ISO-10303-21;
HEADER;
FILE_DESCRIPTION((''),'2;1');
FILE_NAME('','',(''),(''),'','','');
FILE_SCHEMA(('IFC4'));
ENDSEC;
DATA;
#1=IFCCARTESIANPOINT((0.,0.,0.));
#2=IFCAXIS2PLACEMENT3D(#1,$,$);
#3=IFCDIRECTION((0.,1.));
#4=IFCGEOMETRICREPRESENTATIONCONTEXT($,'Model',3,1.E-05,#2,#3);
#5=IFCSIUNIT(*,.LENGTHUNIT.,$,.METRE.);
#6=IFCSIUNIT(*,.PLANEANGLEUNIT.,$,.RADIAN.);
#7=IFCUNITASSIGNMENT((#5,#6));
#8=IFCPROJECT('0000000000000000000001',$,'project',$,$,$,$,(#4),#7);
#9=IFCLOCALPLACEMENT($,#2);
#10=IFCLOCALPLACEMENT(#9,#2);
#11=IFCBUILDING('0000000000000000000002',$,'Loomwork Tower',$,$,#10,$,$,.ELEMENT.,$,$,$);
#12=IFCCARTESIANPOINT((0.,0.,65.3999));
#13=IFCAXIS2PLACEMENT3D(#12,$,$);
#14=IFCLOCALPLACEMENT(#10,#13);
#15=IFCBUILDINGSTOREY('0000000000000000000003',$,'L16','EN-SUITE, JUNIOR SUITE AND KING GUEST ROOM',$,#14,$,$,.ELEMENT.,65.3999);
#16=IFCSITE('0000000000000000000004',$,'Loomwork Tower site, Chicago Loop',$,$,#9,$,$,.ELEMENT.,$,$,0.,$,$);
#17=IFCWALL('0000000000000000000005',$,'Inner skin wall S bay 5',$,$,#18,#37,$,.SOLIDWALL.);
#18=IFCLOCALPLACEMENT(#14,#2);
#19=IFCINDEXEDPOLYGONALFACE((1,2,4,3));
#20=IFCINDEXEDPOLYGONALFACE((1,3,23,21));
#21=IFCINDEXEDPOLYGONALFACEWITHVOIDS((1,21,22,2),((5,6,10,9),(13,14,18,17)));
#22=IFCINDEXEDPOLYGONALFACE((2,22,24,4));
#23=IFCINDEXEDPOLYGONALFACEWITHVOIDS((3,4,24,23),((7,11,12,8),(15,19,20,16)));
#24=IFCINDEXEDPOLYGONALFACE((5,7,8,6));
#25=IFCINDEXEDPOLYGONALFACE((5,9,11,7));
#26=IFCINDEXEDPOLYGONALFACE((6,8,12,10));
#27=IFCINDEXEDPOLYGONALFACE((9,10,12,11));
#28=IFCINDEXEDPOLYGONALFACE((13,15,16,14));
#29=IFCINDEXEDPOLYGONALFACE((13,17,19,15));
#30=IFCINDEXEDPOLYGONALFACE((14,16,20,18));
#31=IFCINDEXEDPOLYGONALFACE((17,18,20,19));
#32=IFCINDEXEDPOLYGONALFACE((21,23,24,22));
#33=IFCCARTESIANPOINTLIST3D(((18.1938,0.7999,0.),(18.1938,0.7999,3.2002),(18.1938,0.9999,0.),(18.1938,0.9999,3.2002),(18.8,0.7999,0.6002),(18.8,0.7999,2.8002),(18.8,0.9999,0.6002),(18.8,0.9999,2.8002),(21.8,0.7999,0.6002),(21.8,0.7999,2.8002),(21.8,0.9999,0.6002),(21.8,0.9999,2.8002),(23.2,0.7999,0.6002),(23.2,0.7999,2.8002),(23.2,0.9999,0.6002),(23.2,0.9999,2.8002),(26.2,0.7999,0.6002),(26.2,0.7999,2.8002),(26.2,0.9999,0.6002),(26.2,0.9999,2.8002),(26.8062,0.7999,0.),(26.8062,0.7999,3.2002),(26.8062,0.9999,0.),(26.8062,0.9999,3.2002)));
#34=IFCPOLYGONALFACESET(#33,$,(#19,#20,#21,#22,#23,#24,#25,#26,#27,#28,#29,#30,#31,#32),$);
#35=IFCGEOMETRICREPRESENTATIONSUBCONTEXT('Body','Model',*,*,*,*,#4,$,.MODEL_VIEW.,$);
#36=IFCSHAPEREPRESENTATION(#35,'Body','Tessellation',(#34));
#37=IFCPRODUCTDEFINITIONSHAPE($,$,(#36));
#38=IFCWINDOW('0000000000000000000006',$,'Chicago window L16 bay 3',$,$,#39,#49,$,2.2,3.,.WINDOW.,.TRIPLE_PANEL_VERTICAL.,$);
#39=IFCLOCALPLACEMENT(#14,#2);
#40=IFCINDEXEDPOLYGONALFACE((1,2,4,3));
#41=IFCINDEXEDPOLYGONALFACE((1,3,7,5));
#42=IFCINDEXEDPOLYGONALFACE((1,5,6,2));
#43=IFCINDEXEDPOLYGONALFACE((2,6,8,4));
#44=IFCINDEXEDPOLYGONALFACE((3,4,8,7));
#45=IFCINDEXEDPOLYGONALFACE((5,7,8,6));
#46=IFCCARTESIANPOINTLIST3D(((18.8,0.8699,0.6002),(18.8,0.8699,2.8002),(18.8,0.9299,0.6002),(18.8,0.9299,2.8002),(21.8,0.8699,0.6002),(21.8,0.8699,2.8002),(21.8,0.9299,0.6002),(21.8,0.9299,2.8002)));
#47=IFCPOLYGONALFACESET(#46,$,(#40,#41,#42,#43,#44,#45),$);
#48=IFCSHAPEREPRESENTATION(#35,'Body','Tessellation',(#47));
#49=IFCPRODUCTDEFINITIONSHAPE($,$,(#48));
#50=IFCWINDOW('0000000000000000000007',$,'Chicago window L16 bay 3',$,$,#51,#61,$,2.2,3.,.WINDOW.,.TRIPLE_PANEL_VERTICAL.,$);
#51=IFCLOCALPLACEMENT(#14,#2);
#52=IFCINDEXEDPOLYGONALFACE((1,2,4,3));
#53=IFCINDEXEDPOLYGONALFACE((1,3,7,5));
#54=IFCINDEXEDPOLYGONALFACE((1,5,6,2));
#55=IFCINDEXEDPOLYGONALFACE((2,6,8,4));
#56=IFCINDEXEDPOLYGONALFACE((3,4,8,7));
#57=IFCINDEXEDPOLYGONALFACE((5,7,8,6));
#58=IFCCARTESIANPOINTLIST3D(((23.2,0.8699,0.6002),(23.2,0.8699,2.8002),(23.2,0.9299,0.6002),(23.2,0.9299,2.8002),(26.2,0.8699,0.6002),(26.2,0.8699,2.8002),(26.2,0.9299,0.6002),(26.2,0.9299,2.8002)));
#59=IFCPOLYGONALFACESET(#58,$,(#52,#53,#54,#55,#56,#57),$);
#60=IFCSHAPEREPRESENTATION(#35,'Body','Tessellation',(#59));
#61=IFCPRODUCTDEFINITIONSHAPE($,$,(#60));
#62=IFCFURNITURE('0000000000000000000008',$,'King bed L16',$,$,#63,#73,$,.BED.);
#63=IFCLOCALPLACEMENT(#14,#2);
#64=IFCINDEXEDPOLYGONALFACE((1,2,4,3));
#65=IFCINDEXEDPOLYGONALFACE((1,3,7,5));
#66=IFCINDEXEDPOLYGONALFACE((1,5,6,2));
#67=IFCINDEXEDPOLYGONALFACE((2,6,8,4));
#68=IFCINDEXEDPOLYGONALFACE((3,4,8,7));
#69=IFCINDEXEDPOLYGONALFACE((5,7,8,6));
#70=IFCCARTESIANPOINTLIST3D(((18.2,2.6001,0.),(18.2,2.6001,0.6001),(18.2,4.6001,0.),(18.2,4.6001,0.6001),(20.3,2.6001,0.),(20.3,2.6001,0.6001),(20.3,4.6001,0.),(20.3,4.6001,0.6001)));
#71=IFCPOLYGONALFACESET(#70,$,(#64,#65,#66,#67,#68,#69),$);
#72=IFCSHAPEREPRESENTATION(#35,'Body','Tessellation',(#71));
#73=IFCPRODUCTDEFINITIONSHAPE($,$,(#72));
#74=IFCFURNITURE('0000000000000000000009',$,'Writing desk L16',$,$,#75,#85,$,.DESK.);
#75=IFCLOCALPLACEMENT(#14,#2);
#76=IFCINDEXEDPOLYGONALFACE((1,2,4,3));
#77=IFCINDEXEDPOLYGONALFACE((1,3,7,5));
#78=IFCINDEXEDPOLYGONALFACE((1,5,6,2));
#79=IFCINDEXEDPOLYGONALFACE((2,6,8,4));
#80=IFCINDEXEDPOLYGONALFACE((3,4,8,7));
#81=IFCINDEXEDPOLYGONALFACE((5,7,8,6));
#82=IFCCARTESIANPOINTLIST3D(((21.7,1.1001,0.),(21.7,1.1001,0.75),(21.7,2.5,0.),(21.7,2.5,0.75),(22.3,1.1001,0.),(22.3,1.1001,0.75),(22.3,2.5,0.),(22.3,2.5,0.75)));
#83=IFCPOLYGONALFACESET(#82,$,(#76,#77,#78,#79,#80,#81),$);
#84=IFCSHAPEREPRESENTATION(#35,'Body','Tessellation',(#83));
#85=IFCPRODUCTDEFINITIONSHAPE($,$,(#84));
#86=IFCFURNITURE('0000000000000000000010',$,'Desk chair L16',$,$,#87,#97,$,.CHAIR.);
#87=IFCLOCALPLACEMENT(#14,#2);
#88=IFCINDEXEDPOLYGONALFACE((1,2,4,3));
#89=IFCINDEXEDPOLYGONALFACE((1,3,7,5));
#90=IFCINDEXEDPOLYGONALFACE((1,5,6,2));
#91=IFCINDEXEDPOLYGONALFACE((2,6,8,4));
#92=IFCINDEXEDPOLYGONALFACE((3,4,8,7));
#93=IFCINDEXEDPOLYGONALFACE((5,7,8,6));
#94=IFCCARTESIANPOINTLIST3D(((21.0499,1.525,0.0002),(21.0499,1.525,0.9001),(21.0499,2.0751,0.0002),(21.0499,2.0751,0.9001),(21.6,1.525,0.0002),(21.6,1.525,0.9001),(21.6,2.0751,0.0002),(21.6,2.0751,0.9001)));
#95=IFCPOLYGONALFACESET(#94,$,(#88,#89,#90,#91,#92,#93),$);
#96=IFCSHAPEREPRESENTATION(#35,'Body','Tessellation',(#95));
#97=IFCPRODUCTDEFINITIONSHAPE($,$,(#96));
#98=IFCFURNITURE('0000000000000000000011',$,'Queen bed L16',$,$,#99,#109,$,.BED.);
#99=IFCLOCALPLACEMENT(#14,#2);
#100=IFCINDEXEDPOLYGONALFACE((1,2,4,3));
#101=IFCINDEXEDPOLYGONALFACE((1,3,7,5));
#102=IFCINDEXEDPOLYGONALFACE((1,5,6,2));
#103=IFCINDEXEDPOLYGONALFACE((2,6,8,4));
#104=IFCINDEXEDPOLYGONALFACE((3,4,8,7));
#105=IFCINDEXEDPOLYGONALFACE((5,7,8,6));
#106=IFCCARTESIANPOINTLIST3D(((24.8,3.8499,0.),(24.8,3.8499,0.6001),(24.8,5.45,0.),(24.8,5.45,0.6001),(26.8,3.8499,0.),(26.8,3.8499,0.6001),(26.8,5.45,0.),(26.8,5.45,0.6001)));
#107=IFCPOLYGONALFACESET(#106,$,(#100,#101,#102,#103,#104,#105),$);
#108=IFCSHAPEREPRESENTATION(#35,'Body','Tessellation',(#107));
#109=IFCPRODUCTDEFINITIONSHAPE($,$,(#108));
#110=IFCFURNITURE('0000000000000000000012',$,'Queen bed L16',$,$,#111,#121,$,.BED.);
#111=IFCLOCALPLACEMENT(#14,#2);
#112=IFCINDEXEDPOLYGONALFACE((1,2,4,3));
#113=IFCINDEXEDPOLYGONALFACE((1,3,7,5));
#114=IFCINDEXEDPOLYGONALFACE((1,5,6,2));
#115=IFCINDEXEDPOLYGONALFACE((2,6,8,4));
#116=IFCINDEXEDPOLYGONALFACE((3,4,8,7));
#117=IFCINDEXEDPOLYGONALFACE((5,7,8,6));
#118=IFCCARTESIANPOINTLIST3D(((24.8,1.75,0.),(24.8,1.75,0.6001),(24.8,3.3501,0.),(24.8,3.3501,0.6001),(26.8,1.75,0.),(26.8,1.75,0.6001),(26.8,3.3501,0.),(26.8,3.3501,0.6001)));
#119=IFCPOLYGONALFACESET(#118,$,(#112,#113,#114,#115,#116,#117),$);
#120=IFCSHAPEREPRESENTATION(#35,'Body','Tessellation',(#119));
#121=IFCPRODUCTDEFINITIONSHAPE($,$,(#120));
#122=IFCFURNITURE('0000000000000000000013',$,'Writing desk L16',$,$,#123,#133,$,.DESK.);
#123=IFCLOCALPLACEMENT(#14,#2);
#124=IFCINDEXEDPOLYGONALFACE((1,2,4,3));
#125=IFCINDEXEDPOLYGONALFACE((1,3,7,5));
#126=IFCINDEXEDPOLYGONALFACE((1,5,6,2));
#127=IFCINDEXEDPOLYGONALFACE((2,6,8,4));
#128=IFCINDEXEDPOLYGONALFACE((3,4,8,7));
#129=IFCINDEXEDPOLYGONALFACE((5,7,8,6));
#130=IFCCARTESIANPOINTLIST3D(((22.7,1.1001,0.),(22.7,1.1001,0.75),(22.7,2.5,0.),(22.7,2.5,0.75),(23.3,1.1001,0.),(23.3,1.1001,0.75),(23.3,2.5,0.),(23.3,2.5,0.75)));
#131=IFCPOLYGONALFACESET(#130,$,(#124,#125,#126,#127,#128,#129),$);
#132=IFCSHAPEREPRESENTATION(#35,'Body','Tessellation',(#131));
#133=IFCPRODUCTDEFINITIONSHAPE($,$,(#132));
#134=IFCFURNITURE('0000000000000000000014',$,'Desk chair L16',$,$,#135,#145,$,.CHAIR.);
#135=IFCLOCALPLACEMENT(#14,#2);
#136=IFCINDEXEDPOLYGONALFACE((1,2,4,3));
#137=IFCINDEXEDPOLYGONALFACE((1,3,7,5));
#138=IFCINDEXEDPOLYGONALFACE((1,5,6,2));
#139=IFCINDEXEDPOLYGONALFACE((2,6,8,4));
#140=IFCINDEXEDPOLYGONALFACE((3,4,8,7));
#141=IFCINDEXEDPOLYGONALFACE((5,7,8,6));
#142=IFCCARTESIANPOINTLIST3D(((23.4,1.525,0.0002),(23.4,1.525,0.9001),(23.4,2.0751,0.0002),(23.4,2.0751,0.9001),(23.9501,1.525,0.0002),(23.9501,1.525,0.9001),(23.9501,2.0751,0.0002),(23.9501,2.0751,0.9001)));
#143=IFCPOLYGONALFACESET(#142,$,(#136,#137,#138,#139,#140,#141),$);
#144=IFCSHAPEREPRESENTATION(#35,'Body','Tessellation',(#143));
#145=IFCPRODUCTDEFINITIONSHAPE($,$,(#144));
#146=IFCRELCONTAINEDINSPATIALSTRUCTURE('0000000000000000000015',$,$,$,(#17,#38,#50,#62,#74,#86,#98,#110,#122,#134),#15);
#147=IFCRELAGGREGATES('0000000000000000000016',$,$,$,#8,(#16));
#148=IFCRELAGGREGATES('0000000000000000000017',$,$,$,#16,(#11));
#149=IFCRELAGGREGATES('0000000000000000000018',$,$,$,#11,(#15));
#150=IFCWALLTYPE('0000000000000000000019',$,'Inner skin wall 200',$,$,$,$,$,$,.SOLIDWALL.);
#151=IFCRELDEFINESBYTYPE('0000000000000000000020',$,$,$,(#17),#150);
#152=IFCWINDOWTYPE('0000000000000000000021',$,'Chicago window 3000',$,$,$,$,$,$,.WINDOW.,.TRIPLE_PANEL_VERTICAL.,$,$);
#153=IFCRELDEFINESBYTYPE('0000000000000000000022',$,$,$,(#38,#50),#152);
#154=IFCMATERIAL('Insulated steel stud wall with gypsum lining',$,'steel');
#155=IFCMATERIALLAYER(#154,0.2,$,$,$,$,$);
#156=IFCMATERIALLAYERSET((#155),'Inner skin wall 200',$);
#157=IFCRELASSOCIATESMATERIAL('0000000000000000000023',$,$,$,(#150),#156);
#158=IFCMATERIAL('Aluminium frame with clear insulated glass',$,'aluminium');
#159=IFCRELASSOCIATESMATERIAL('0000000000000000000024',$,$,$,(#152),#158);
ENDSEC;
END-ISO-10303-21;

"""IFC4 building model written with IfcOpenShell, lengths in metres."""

from ifc_helpers import new_model, si_unit, direction, frame, frame_2d, origin, origin_2d, place, context, subcontext, project, spatial, rectangle, extrude, material, layer, layer_set, type_object, element, fill, save


model = new_model("IFC4")

# Units and contexts
model_context = context("Model", 3, precision=1e-05, world=origin(), true_north=direction((0.0, 1.0)))
body_context = subcontext(model_context, "Body", "Model", "MODEL_VIEW")
ifc_project = project(units=[si_unit("LENGTHUNIT", "METRE"), si_unit("PLANEANGLEUNIT", "RADIAN")], contexts=[model_context])

# Site, building, storey
site_placement = place(None, origin())
site = spatial("IfcSite", under=ifc_project, at=site_placement, Name="Loomwork Tower site, Chicago Loop", CompositionType="ELEMENT", RefElevation=0.0)
building_placement = place(site_placement, origin())
building = spatial("IfcBuilding", under=site, at=building_placement, Name="Loomwork Tower", CompositionType="ELEMENT")
storey_placement = place(building_placement, frame((0.0, 0.0, 65.3999)))
storey = spatial("IfcBuildingStorey", under=building, at=storey_placement, Name="L16", Description="EN-SUITE, JUNIOR SUITE AND KING GUEST ROOM", CompositionType="ELEMENT", Elevation=65.3999)

# Wall, openings, windows
ifc_material_1 = material(Name="Insulated steel stud wall with gypsum lining", Category="steel")
ifc_layer_1 = layer(ifc_material_1, 0.2)
ifc_layer_set_1 = layer_set([ifc_layer_1], Name="Inner skin wall 200")
wall_type_1 = type_object("IfcWallType", Name="Inner skin wall 200", PredefinedType="SOLIDWALL", material=ifc_layer_set_1)
wall_placement = place(storey_placement, frame((18.1938, 0.8999, 0.0), z_axis=(0.0, 0.0, 1.0), x_axis=(1.0, 0.0, 0.0)))
wall = element("IfcWall", 1, at=wall_placement, inside=storey, type_object=wall_type_1, Name="Inner skin wall S bay 5", PredefinedType="SOLIDWALL", context=body_context, shape_type="SweptSolid", body=[
    extrude(rectangle(XDim=8.6123, YDim=0.2, at=frame_2d((4.3062, 0.0))), origin(), (0.0, 0.0, 1.0), 3.2002),
])
opening_1_placement = place(wall_placement, frame((0.6062, 0.0, 0.6001)))
opening_1 = element("IfcOpeningElement", 2, at=opening_1_placement, cuts=wall, PredefinedType="OPENING", context=body_context, shape_type="SweptSolid", body=[
    extrude(rectangle(XDim=3.0, YDim=2.2, at=frame_2d((1.5, 1.1001))), frame((0.0, 0.1099, 0.0), z_axis=(0.0, -1.0, 0.0), x_axis=(1.0, 0.0, 0.0)), (0.0, 0.0, 1.0), 0.22),
])
opening_2_placement = place(wall_placement, frame((5.0061, 0.0, 0.6001)))
opening_2 = element("IfcOpeningElement", 3, at=opening_2_placement, cuts=wall, PredefinedType="OPENING", context=body_context, shape_type="SweptSolid", body=[
    extrude(rectangle(XDim=3.0, YDim=2.2, at=frame_2d((1.5, 1.1001))), frame((0.0, 0.1099, 0.0), z_axis=(0.0, -1.0, 0.0), x_axis=(1.0, 0.0, 0.0)), (0.0, 0.0, 1.0), 0.22),
])
ifc_material_2 = material(Name="Aluminium frame with clear insulated glass", Category="aluminium")
window_type = type_object("IfcWindowType", Name="Chicago window 3000", PartitioningType="TRIPLE_PANEL_VERTICAL", PredefinedType="WINDOW", material=ifc_material_2)
window_1_placement = place(opening_1_placement, origin())
window_1 = element("IfcWindow", 4, at=window_1_placement, inside=storey, type_object=window_type, Name="Chicago window L16 bay 3", OverallHeight=2.2, OverallWidth=3.0, PartitioningType="TRIPLE_PANEL_VERTICAL", PredefinedType="WINDOW", context=body_context, shape_type="SweptSolid", body=[
    extrude(rectangle(XDim=3.0, YDim=2.2, at=frame_2d((1.5, 1.1001))), frame((0.0, 0.03, 0.0), z_axis=(0.0, -1.0, 0.0), x_axis=(1.0, 0.0, 0.0)), (0.0, 0.0, 1.0), 0.0601),
])
fill(opening_1, window_1)
window_2_placement = place(opening_2_placement, origin())
window_2 = element("IfcWindow", 5, at=window_2_placement, inside=storey, type_object=window_type, Name="Chicago window L16 bay 3", OverallHeight=2.2, OverallWidth=3.0, PartitioningType="TRIPLE_PANEL_VERTICAL", PredefinedType="WINDOW", context=body_context, shape_type="SweptSolid", body=[
    extrude(rectangle(XDim=3.0, YDim=2.2, at=frame_2d((1.5, 1.1001))), frame((0.0, 0.03, 0.0), z_axis=(0.0, -1.0, 0.0), x_axis=(1.0, 0.0, 0.0)), (0.0, 0.0, 1.0), 0.0601),
])
fill(opening_2, window_2)

# Furniture
furniture_1_placement = place(storey_placement, frame((19.25, 3.6001, 0.0), z_axis=(0.0, 0.0, 1.0), x_axis=(1.0, 0.0, 0.0)))
element("IfcFurniture", 6, at=furniture_1_placement, inside=storey, Name="King bed L16", PredefinedType="BED", context=body_context, shape_type="SweptSolid", body=[
    extrude(rectangle(XDim=2.1001, YDim=2.0, at=origin_2d()), origin(), (0.0, 0.0, 1.0), 0.6001),
])
furniture_2_placement = place(storey_placement, frame((22.0, 1.8, 0.0), z_axis=(0.0, 0.0, 1.0), x_axis=(1.0, 0.0, 0.0)))
element("IfcFurniture", 7, at=furniture_2_placement, inside=storey, Name="Writing desk L16", PredefinedType="DESK", context=body_context, shape_type="SweptSolid", body=[
    extrude(rectangle(XDim=0.6001, YDim=1.3999, at=origin_2d()), origin(), (0.0, 0.0, 1.0), 0.75),
])
furniture_3_placement = place(storey_placement, frame((21.325, 1.8, 0.0002), z_axis=(0.0, 0.0, 1.0), x_axis=(1.0, 0.0, 0.0)))
element("IfcFurniture", 8, at=furniture_3_placement, inside=storey, Name="Desk chair L16", PredefinedType="CHAIR", context=body_context, shape_type="SweptSolid", body=[
    extrude(rectangle(XDim=0.55, YDim=0.55, at=origin_2d()), origin(), (0.0, 0.0, 1.0), 0.8999),
])
for number, where, z_axis, x_axis, name in (
    (9, (25.8, 4.6499, 0.0), (0.0, 0.0, 1.0), (1.0, 0.0, 0.0), "Queen bed L16"),
    (10, (25.8, 2.55, 0.0), (0.0, 0.0, 1.0), (1.0, 0.0, 0.0), "Queen bed L16"),
):
    element("IfcFurniture", number, at=place(storey_placement, frame(where, z_axis=z_axis, x_axis=x_axis)), inside=storey, Name=name, PredefinedType="BED", context=body_context, shape_type="SweptSolid", body=[
        extrude(rectangle(XDim=2.0, YDim=1.6001, at=origin_2d()), origin(), (0.0, 0.0, 1.0), 0.6001),
    ])
furniture_4_placement = place(storey_placement, frame((23.0, 1.8, 0.0), z_axis=(0.0, 0.0, 1.0), x_axis=(1.0, 0.0, 0.0)))
element("IfcFurniture", 11, at=furniture_4_placement, inside=storey, Name="Writing desk L16", PredefinedType="DESK", context=body_context, shape_type="SweptSolid", body=[
    extrude(rectangle(XDim=0.6001, YDim=1.3999, at=origin_2d()), origin(), (0.0, 0.0, 1.0), 0.75),
])
furniture_5_placement = place(storey_placement, frame((23.675, 1.8, 0.0002), z_axis=(0.0, 0.0, 1.0), x_axis=(1.0, 0.0, 0.0)))
element("IfcFurniture", 12, at=furniture_5_placement, inside=storey, Name="Desk chair L16", PredefinedType="CHAIR", context=body_context, shape_type="SweptSolid", body=[
    extrude(rectangle(XDim=0.55, YDim=0.55, at=origin_2d()), origin(), (0.0, 0.0, 1.0), 0.8999),
])

save(model, "model.ifc")
